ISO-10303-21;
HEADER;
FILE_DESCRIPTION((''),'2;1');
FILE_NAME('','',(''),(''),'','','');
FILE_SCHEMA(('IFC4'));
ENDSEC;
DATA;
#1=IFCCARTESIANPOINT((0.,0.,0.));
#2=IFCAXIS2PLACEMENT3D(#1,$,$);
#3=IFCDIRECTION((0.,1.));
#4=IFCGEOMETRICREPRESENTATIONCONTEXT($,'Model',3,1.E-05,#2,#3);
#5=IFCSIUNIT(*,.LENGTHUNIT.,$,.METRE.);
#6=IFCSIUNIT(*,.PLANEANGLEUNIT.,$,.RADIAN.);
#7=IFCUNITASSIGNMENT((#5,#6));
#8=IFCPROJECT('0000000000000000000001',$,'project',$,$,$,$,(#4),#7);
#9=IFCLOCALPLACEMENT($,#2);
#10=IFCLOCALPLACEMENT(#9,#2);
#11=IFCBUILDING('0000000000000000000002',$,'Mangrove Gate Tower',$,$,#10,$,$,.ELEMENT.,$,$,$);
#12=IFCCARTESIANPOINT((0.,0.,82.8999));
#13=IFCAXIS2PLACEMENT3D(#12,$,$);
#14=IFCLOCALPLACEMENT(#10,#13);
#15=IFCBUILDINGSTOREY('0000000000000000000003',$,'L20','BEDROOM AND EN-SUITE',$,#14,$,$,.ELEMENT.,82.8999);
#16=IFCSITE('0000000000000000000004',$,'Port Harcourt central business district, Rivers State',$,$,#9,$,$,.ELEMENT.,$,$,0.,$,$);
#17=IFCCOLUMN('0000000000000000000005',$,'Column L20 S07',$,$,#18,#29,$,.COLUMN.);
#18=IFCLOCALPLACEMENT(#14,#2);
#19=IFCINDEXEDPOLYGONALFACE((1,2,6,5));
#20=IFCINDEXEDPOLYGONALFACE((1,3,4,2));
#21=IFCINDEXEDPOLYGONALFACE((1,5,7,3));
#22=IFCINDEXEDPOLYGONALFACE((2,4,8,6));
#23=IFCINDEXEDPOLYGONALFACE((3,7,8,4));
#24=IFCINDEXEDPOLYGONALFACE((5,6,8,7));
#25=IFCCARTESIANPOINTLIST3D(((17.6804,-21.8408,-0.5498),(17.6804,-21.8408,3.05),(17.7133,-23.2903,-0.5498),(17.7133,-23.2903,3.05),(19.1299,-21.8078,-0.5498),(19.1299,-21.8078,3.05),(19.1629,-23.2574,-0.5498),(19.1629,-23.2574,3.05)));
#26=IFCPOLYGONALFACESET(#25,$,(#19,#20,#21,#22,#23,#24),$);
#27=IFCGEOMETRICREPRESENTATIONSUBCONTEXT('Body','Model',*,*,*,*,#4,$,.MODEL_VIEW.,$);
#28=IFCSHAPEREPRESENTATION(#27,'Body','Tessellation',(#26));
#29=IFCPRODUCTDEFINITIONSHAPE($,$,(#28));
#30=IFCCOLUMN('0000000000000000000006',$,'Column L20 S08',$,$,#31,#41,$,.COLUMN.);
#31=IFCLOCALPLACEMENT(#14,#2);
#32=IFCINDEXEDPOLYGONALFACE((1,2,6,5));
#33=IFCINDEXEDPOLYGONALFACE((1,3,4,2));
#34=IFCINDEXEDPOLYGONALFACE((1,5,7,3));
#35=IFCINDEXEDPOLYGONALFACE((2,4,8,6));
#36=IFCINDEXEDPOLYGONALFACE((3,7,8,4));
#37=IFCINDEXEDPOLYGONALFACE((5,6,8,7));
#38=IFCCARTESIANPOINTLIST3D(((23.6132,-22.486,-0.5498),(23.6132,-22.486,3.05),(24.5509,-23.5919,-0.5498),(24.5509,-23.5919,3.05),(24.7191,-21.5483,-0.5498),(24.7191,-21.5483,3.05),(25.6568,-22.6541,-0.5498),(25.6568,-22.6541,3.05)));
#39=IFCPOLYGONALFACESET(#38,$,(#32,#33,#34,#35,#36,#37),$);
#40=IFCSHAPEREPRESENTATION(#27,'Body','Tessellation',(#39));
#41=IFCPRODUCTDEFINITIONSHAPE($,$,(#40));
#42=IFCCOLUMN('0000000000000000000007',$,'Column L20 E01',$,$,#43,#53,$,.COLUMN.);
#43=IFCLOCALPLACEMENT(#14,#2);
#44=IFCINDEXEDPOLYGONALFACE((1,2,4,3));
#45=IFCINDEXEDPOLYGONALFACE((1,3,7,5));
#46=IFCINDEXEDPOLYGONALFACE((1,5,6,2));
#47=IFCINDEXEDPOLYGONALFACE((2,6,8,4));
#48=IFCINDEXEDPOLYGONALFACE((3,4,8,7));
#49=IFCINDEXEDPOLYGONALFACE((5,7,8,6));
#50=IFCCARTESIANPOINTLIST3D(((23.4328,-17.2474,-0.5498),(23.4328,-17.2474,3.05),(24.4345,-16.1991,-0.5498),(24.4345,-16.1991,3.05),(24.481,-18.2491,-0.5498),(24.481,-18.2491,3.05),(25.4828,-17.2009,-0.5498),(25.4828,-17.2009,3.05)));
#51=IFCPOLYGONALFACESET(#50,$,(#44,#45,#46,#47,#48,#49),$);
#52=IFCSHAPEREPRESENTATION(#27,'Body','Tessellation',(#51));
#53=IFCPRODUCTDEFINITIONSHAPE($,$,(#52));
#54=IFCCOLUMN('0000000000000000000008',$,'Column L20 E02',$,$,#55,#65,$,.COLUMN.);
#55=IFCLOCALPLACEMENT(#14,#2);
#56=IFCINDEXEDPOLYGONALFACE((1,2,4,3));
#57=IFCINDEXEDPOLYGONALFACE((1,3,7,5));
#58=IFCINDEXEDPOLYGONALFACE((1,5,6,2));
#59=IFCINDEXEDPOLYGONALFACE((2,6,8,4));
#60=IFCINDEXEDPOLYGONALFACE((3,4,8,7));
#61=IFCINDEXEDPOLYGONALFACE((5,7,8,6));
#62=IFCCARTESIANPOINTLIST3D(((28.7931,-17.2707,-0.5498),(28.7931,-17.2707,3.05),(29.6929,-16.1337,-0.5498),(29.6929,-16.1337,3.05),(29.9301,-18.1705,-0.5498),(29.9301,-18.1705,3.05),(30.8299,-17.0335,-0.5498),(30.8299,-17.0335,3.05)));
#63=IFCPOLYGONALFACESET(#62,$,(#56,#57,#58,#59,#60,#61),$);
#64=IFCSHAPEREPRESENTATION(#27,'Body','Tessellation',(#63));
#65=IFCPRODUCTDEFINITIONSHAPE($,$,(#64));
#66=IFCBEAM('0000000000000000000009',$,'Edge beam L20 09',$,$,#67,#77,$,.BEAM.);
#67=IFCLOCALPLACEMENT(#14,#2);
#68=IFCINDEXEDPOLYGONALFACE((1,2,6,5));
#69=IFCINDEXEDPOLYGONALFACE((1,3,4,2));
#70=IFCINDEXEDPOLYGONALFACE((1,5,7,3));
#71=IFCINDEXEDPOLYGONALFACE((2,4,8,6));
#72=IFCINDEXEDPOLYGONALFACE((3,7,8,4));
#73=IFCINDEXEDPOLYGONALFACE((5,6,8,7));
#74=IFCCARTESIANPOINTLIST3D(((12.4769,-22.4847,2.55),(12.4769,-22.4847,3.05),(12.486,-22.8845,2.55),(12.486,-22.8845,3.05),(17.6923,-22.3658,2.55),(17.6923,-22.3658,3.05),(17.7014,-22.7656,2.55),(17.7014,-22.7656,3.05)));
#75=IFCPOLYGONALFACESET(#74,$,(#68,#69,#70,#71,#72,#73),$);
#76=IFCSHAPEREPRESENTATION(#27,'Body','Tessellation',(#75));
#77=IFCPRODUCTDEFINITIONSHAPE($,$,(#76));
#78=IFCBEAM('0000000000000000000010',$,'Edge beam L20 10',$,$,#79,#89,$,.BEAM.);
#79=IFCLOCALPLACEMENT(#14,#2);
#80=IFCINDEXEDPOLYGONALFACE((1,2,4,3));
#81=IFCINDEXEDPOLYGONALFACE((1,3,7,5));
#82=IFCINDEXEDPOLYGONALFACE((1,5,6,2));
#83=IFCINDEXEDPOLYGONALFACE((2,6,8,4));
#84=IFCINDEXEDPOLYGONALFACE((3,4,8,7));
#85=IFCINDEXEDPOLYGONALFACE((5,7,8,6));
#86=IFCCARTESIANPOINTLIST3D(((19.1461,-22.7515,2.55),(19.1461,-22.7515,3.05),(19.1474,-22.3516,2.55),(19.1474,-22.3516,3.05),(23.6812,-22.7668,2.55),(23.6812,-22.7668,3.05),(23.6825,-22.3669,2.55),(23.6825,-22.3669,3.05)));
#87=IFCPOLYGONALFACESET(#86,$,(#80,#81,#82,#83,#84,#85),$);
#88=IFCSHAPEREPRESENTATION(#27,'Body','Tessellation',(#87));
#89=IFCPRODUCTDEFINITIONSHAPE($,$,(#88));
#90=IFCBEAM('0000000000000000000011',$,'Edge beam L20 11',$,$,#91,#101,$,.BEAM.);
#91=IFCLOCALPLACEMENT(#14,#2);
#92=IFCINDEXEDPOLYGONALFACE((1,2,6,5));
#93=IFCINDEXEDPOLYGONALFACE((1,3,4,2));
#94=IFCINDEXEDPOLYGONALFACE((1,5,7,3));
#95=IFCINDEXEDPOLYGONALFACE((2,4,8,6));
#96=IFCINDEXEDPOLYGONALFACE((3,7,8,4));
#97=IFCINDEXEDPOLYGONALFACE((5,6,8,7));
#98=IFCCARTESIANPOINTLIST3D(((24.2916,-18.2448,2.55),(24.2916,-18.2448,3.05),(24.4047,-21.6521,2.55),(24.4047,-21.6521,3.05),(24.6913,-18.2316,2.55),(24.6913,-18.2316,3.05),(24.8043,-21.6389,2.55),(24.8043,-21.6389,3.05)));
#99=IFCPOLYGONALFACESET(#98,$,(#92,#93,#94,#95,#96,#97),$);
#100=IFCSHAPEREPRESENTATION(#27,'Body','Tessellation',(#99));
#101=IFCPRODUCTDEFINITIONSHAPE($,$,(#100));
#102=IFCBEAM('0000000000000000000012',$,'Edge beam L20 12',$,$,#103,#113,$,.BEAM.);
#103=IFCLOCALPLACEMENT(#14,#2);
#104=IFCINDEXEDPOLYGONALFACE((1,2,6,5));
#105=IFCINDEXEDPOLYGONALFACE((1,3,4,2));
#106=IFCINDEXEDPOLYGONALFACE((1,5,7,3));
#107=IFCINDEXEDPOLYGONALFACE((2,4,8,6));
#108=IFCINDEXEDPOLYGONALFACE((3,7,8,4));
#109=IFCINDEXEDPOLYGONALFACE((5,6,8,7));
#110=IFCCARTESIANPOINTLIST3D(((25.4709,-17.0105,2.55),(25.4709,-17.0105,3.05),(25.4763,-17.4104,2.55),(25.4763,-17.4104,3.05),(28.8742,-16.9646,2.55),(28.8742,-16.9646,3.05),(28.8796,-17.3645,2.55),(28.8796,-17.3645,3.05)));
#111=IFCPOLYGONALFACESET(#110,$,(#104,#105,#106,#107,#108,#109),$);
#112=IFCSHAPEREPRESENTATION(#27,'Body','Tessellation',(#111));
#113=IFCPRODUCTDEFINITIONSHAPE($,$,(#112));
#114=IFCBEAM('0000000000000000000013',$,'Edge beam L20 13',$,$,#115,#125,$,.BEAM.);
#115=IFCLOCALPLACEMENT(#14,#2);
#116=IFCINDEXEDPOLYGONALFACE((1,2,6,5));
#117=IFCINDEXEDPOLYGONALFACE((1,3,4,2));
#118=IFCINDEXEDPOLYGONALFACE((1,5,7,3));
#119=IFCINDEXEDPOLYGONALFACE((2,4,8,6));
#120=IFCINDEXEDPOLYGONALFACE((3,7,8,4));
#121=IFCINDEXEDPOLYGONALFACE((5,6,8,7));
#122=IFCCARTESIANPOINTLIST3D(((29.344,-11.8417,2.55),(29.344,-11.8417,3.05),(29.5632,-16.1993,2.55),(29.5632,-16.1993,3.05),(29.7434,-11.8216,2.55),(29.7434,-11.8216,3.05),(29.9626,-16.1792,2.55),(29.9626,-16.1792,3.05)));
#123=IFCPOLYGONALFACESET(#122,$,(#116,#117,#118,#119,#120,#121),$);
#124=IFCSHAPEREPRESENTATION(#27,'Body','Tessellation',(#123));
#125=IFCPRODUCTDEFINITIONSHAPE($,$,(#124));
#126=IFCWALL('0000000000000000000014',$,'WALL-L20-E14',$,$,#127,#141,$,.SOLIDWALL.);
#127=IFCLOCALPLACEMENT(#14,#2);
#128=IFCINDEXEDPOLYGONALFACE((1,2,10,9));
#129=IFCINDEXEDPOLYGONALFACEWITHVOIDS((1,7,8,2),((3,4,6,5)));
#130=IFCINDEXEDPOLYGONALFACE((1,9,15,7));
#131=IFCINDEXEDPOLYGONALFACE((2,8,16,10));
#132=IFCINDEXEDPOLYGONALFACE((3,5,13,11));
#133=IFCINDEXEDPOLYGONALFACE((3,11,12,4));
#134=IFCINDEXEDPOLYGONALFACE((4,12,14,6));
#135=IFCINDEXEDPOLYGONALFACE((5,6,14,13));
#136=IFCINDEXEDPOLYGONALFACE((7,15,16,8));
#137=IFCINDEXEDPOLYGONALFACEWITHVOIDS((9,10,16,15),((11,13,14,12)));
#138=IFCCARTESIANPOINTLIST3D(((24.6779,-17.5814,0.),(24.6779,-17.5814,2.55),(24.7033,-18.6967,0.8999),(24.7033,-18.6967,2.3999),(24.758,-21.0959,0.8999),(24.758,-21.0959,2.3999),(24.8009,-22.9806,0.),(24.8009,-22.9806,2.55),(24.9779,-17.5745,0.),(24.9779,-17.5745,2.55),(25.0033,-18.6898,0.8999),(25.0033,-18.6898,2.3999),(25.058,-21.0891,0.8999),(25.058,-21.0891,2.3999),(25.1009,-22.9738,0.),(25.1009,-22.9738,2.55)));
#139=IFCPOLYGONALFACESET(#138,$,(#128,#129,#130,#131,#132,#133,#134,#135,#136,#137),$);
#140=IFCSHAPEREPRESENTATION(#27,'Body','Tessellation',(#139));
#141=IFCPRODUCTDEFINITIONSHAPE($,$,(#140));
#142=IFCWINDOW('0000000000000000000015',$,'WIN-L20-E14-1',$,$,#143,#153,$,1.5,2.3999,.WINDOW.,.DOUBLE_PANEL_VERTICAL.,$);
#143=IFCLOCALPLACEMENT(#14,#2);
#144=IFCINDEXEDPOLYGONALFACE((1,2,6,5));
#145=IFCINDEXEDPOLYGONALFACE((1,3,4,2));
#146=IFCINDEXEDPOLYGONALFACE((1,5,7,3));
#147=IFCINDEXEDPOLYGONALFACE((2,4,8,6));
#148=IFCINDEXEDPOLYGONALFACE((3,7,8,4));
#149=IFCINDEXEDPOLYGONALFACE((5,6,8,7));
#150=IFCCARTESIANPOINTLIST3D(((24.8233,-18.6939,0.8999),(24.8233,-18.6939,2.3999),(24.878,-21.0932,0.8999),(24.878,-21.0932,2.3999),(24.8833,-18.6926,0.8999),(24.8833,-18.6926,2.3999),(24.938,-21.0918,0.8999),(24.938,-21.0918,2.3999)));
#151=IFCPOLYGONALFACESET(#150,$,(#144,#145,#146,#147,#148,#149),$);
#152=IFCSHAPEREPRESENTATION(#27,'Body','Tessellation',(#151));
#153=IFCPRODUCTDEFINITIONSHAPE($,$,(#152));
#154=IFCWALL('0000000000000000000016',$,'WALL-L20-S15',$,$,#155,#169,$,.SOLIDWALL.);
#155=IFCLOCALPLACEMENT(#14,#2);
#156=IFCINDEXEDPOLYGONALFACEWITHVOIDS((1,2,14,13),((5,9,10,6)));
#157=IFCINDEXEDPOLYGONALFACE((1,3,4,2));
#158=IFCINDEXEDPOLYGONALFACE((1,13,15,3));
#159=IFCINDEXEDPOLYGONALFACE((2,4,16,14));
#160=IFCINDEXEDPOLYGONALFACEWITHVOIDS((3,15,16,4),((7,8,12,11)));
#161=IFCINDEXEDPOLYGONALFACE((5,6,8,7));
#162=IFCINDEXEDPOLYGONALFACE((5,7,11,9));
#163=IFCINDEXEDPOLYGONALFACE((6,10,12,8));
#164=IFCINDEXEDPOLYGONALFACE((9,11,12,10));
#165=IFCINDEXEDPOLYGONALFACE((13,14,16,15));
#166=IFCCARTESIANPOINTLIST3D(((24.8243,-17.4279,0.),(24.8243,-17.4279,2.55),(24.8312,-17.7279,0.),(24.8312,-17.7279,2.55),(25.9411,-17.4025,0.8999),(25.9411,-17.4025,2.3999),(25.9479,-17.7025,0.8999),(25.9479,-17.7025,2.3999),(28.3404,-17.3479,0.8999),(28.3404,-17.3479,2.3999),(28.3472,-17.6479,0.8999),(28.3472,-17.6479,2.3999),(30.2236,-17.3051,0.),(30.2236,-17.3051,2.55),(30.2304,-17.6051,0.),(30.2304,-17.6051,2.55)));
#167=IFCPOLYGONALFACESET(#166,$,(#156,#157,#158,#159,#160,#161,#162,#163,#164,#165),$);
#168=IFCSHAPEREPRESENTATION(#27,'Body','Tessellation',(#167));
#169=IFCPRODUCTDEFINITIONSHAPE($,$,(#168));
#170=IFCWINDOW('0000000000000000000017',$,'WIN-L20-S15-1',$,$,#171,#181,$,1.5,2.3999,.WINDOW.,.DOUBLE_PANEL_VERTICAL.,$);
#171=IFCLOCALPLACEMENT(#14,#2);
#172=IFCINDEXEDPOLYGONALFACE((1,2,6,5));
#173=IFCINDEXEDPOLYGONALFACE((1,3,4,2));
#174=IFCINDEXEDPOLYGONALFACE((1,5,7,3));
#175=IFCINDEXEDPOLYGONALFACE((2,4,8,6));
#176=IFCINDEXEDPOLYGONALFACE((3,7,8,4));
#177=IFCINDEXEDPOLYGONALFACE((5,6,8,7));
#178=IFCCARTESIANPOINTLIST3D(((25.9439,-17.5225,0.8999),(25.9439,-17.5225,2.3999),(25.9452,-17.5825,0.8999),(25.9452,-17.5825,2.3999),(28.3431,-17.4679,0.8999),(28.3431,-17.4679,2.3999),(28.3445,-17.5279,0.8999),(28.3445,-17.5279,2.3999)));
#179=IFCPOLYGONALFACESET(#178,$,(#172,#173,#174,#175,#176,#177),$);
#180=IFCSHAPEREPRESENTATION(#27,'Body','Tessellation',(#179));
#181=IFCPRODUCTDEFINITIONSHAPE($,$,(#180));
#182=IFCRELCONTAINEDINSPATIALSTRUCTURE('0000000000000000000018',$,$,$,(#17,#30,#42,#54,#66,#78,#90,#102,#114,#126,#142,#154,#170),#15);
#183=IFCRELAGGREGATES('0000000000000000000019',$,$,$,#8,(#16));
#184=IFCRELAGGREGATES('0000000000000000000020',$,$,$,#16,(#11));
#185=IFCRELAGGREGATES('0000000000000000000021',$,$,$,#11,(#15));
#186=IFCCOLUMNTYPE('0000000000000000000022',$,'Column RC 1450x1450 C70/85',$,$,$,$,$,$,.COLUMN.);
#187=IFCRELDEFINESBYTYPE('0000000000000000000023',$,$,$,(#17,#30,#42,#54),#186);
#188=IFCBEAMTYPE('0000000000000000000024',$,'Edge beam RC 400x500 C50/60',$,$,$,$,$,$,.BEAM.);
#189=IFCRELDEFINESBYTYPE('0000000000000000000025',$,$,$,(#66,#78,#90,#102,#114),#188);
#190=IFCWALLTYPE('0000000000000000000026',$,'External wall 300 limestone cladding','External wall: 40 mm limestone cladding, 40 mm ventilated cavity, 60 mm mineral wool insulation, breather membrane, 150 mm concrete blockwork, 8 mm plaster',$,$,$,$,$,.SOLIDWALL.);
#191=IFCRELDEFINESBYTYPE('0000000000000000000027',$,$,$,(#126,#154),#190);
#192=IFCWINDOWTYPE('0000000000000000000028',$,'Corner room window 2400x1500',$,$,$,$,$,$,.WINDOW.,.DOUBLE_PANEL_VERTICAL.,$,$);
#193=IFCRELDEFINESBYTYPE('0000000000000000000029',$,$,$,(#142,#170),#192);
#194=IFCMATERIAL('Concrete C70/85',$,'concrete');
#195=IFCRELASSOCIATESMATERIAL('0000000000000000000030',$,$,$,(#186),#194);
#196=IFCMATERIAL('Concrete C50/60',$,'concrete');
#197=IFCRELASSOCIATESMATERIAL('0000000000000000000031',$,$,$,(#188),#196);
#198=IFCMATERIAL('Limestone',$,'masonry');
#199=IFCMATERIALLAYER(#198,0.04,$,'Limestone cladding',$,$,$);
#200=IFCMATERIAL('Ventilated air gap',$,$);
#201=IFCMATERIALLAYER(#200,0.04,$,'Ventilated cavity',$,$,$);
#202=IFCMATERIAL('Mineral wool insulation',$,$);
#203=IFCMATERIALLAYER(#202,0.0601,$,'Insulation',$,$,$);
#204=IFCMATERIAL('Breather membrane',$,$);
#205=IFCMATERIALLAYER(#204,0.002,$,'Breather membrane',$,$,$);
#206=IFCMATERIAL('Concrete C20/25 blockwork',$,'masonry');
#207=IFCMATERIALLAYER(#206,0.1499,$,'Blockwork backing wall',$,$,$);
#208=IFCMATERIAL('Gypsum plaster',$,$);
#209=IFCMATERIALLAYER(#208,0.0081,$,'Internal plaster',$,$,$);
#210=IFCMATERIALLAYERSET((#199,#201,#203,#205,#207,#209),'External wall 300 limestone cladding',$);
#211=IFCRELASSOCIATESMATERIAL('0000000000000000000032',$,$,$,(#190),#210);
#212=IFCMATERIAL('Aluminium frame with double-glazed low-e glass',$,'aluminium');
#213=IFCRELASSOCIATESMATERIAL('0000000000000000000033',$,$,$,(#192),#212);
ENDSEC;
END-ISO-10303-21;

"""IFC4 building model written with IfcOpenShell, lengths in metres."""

from ifc_helpers import new_model, si_unit, direction, frame, frame_2d, origin, origin_2d, place, context, subcontext, project, spatial, rectangle, extrude, material, layer, layer_set, material_profile, profile_set, type_object, element, fill, save


model = new_model("IFC4")

# Units and contexts
model_context = context("Model", 3, precision=1e-05, world=origin(), true_north=direction((0.0, 1.0)))
body_context = subcontext(model_context, "Body", "Model", "MODEL_VIEW")
ifc_project = project(units=[si_unit("LENGTHUNIT", "METRE"), si_unit("PLANEANGLEUNIT", "RADIAN")], contexts=[model_context])

# Site, building, storey
site_placement = place(None, origin())
site = spatial("IfcSite", under=ifc_project, at=site_placement, Name="Port Harcourt central business district, Rivers State", CompositionType="ELEMENT", RefElevation=0.0)
building_placement = place(site_placement, origin())
building = spatial("IfcBuilding", under=site, at=building_placement, Name="Mangrove Gate Tower", CompositionType="ELEMENT")
storey_placement = place(building_placement, frame((0.0, 0.0, 82.8999)))
storey = spatial("IfcBuildingStorey", under=building, at=storey_placement, Name="L20", Description="BEDROOM AND EN-SUITE", CompositionType="ELEMENT", Elevation=82.8999)

# Columns
ifc_material_1 = material(Name="Concrete C70/85", Category="concrete")
ifc_material_profile_1 = material_profile(ifc_material_1, rectangle(XDim=1.45, YDim=1.45, at=origin_2d()))
ifc_profile_set_1 = profile_set([ifc_material_profile_1], Name="Concrete C70/85")
column_type = type_object("IfcColumnType", Name="Column RC 1450x1450 C70/85", PredefinedType="COLUMN", material=ifc_profile_set_1)
for number, where, z_axis, x_axis, name in (
    (1, (18.4216, -22.5491, -0.5498), (0.0, 0.0, 1.0), (0.999742, 0.022723, 0.0), "Column L20 S07"),
    (2, (24.635, -22.5701, -0.5498), (0.0, 0.0, 1.0), (0.762709, 0.646741, 0.0), "Column L20 S08"),
    (3, (24.4578, -17.2241, -0.5498), (0.0, 0.0, 1.0), (0.690884, 0.722966, 0.0), "Column L20 E01"),
    (4, (29.8115, -17.1521, -0.5498), (0.0, 0.0, 1.0), (0.620564, 0.784156, 0.0), "Column L20 E02"),
):
    element("IfcColumn", number, at=place(storey_placement, frame(where, z_axis=z_axis, x_axis=x_axis)), inside=storey, type_object=column_type, Name=name, PredefinedType="COLUMN", context=body_context, shape_type="SweptSolid", body=[
        extrude(rectangle(XDim=1.45, YDim=1.45, at=origin_2d()), origin(), (0.0, 0.0, 1.0), 3.5999),
    ])

# Beams
ifc_material_2 = material(Name="Concrete C50/60", Category="concrete")
ifc_material_profile_2 = material_profile(ifc_material_2, rectangle(XDim=0.3999, YDim=0.5, at=origin_2d()))
ifc_profile_set_2 = profile_set([ifc_material_profile_2], Name="Concrete C50/60")
beam_type = type_object("IfcBeamType", Name="Edge beam RC 400x500 C50/60", PredefinedType="BEAM", material=ifc_profile_set_2)
beam_1_placement = place(storey_placement, frame((12.4814, -22.6846, 2.8), z_axis=(0.99974, 0.022792, 0.0), x_axis=(-0.022792, 0.99974, 0.0)))
element("IfcBeam", 5, at=beam_1_placement, inside=storey, type_object=beam_type, Name="Edge beam L20 09", PredefinedType="BEAM", context=body_context, shape_type="SweptSolid", body=[
    extrude(rectangle(XDim=0.3999, YDim=0.5, at=origin_2d()), origin(), (0.0, 0.0, 1.0), 5.2168),
])
beam_2_placement = place(storey_placement, frame((19.1467, -22.5515, 2.8), z_axis=(0.999994, -0.003391, 0.0), x_axis=(0.003391, 0.999994, 0.0)))
element("IfcBeam", 6, at=beam_2_placement, inside=storey, type_object=beam_type, Name="Edge beam L20 10", PredefinedType="BEAM", context=body_context, shape_type="SweptSolid", body=[
    extrude(rectangle(XDim=0.3999, YDim=0.5, at=origin_2d()), origin(), (0.0, 0.0, 1.0), 4.5352),
])
beam_3_placement = place(storey_placement, frame((24.6045, -21.6455, 2.8), z_axis=(-0.033157, 0.99945, 0.0), x_axis=(-0.99945, -0.033157, 0.0)))
element("IfcBeam", 7, at=beam_3_placement, inside=storey, type_object=beam_type, Name="Edge beam L20 11", PredefinedType="BEAM", context=body_context, shape_type="SweptSolid", body=[
    extrude(rectangle(XDim=0.3999, YDim=0.5, at=origin_2d()), origin(), (0.0, 0.0, 1.0), 3.4092),
])
beam_4_placement = place(storey_placement, frame((25.4736, -17.2104, 2.8), z_axis=(0.999909, 0.013485, 0.0), x_axis=(-0.013485, 0.999909, 0.0)))
element("IfcBeam", 8, at=beam_4_placement, inside=storey, type_object=beam_type, Name="Edge beam L20 12", PredefinedType="BEAM", context=body_context, shape_type="SweptSolid", body=[
    extrude(rectangle(XDim=0.3999, YDim=0.5, at=origin_2d()), origin(), (0.0, 0.0, 1.0), 3.4036),
])
beam_5_placement = place(storey_placement, frame((29.7629, -16.1892, 2.8), z_axis=(-0.05025, 0.998737, 0.0), x_axis=(-0.998737, -0.05025, 0.0)))
element("IfcBeam", 9, at=beam_5_placement, inside=storey, type_object=beam_type, Name="Edge beam L20 13", PredefinedType="BEAM", context=body_context, shape_type="SweptSolid", body=[
    extrude(rectangle(XDim=0.3999, YDim=0.5, at=origin_2d()), origin(), (0.0, 0.0, 1.0), 4.363),
])

# Shared definitions
ifc_material_3 = material(Name="Limestone", Category="masonry")
ifc_layer_1 = layer(ifc_material_3, 0.04, Name="Limestone cladding")
ifc_material_4 = material(Name="Ventilated air gap")
ifc_layer_2 = layer(ifc_material_4, 0.04, Name="Ventilated cavity")
ifc_material_5 = material(Name="Mineral wool insulation")
ifc_layer_3 = layer(ifc_material_5, 0.0601, Name="Insulation")
ifc_material_6 = material(Name="Breather membrane")
ifc_layer_4 = layer(ifc_material_6, 0.002, Name="Breather membrane")
ifc_material_7 = material(Name="Concrete C20/25 blockwork", Category="masonry")
ifc_layer_5 = layer(ifc_material_7, 0.1499, Name="Blockwork backing wall")
ifc_material_8 = material(Name="Gypsum plaster")
ifc_layer_6 = layer(ifc_material_8, 0.0081, Name="Internal plaster")
ifc_layer_set_1 = layer_set([ifc_layer_1, ifc_layer_2, ifc_layer_3, ifc_layer_4, ifc_layer_5, ifc_layer_6], Name="External wall 300 limestone cladding")
wall_type_1 = type_object("IfcWallType", Name="External wall 300 limestone cladding", Description="External wall: 40 mm limestone cladding, 40 mm ventilated cavity, 60 mm mineral wool insulation, breather membrane, 150 mm concrete blockwork, 8 mm plaster", PredefinedType="SOLIDWALL", material=ifc_layer_set_1)

# Walls, openings, windows
wall_1_placement = place(storey_placement, frame((24.9509, -22.9771, 0.0), z_axis=(0.0, 0.0, 1.0), x_axis=(-0.022784, 0.99974, 0.0)))
wall_1 = element("IfcWall", 10, at=wall_1_placement, inside=storey, type_object=wall_type_1, Name="WALL-L20-E14", PredefinedType="SOLIDWALL", context=body_context, shape_type="SweptSolid", body=[
    extrude(rectangle(XDim=5.4006, YDim=0.3, at=frame_2d((2.7002, 0.0))), origin(), (0.0, 0.0, 1.0), 2.55),
])
opening_1_placement = place(wall_1_placement, frame((1.885, 0.0, 0.8999)))
opening_1 = element("IfcOpeningElement", 11, at=opening_1_placement, cuts=wall_1, PredefinedType="OPENING", context=body_context, shape_type="SweptSolid", body=[
    extrude(rectangle(XDim=2.3999, YDim=1.5, at=frame_2d((1.2, 0.75))), frame((0.0, 0.1599, 0.0), z_axis=(0.0, -1.0, 0.0), x_axis=(1.0, 0.0, 0.0)), (0.0, 0.0, 1.0), 0.3201),
])
ifc_material_9 = material(Name="Aluminium frame with double-glazed low-e glass", Category="aluminium")
window_type_1 = type_object("IfcWindowType", Name="Corner room window 2400x1500", PartitioningType="DOUBLE_PANEL_VERTICAL", PredefinedType="WINDOW", material=ifc_material_9)
window_1_placement = place(opening_1_placement, origin())
window_1 = element("IfcWindow", 12, at=window_1_placement, inside=storey, type_object=window_type_1, Name="WIN-L20-E14-1", OverallHeight=1.5, OverallWidth=2.3999, PartitioningType="DOUBLE_PANEL_VERTICAL", PredefinedType="WINDOW", context=body_context, shape_type="SweptSolid", body=[
    extrude(rectangle(XDim=2.3999, YDim=1.5, at=frame_2d((1.2, 0.75))), frame((0.0, 0.03, 0.0), z_axis=(0.0, -1.0, 0.0), x_axis=(1.0, 0.0, 0.0)), (0.0, 0.0, 1.0), 0.0601),
])
fill(opening_1, window_1)
wall_2_placement = place(storey_placement, frame((24.8279, -17.5779, 0.0), z_axis=(0.0, 0.0, 1.0), x_axis=(0.999741, 0.022739, 0.0)))
wall_2 = element("IfcWall", 13, at=wall_2_placement, inside=storey, type_object=wall_type_1, Name="WALL-L20-S15", PredefinedType="SOLIDWALL", context=body_context, shape_type="SweptSolid", body=[
    extrude(rectangle(XDim=5.4006, YDim=0.3, at=frame_2d((2.7002, 0.0))), origin(), (0.0, 0.0, 1.0), 2.55),
])
opening_2_placement = place(wall_2_placement, frame((1.1169, 0.0, 0.8999)))
opening_2 = element("IfcOpeningElement", 14, at=opening_2_placement, cuts=wall_2, PredefinedType="OPENING", context=body_context, shape_type="SweptSolid", body=[
    extrude(rectangle(XDim=2.3999, YDim=1.5, at=frame_2d((1.2, 0.75))), frame((0.0, 0.1599, 0.0), z_axis=(0.0, -1.0, 0.0), x_axis=(1.0, 0.0, 0.0)), (0.0, 0.0, 1.0), 0.3201),
])
window_2_placement = place(opening_2_placement, origin())
window_2 = element("IfcWindow", 15, at=window_2_placement, inside=storey, type_object=window_type_1, Name="WIN-L20-S15-1", OverallHeight=1.5, OverallWidth=2.3999, PartitioningType="DOUBLE_PANEL_VERTICAL", PredefinedType="WINDOW", context=body_context, shape_type="SweptSolid", body=[
    extrude(rectangle(XDim=2.3999, YDim=1.5, at=frame_2d((1.2, 0.75))), frame((0.0, 0.03, 0.0), z_axis=(0.0, -1.0, 0.0), x_axis=(1.0, 0.0, 0.0)), (0.0, 0.0, 1.0), 0.0601),
])
fill(opening_2, window_2)

save(model, "model.ifc")
